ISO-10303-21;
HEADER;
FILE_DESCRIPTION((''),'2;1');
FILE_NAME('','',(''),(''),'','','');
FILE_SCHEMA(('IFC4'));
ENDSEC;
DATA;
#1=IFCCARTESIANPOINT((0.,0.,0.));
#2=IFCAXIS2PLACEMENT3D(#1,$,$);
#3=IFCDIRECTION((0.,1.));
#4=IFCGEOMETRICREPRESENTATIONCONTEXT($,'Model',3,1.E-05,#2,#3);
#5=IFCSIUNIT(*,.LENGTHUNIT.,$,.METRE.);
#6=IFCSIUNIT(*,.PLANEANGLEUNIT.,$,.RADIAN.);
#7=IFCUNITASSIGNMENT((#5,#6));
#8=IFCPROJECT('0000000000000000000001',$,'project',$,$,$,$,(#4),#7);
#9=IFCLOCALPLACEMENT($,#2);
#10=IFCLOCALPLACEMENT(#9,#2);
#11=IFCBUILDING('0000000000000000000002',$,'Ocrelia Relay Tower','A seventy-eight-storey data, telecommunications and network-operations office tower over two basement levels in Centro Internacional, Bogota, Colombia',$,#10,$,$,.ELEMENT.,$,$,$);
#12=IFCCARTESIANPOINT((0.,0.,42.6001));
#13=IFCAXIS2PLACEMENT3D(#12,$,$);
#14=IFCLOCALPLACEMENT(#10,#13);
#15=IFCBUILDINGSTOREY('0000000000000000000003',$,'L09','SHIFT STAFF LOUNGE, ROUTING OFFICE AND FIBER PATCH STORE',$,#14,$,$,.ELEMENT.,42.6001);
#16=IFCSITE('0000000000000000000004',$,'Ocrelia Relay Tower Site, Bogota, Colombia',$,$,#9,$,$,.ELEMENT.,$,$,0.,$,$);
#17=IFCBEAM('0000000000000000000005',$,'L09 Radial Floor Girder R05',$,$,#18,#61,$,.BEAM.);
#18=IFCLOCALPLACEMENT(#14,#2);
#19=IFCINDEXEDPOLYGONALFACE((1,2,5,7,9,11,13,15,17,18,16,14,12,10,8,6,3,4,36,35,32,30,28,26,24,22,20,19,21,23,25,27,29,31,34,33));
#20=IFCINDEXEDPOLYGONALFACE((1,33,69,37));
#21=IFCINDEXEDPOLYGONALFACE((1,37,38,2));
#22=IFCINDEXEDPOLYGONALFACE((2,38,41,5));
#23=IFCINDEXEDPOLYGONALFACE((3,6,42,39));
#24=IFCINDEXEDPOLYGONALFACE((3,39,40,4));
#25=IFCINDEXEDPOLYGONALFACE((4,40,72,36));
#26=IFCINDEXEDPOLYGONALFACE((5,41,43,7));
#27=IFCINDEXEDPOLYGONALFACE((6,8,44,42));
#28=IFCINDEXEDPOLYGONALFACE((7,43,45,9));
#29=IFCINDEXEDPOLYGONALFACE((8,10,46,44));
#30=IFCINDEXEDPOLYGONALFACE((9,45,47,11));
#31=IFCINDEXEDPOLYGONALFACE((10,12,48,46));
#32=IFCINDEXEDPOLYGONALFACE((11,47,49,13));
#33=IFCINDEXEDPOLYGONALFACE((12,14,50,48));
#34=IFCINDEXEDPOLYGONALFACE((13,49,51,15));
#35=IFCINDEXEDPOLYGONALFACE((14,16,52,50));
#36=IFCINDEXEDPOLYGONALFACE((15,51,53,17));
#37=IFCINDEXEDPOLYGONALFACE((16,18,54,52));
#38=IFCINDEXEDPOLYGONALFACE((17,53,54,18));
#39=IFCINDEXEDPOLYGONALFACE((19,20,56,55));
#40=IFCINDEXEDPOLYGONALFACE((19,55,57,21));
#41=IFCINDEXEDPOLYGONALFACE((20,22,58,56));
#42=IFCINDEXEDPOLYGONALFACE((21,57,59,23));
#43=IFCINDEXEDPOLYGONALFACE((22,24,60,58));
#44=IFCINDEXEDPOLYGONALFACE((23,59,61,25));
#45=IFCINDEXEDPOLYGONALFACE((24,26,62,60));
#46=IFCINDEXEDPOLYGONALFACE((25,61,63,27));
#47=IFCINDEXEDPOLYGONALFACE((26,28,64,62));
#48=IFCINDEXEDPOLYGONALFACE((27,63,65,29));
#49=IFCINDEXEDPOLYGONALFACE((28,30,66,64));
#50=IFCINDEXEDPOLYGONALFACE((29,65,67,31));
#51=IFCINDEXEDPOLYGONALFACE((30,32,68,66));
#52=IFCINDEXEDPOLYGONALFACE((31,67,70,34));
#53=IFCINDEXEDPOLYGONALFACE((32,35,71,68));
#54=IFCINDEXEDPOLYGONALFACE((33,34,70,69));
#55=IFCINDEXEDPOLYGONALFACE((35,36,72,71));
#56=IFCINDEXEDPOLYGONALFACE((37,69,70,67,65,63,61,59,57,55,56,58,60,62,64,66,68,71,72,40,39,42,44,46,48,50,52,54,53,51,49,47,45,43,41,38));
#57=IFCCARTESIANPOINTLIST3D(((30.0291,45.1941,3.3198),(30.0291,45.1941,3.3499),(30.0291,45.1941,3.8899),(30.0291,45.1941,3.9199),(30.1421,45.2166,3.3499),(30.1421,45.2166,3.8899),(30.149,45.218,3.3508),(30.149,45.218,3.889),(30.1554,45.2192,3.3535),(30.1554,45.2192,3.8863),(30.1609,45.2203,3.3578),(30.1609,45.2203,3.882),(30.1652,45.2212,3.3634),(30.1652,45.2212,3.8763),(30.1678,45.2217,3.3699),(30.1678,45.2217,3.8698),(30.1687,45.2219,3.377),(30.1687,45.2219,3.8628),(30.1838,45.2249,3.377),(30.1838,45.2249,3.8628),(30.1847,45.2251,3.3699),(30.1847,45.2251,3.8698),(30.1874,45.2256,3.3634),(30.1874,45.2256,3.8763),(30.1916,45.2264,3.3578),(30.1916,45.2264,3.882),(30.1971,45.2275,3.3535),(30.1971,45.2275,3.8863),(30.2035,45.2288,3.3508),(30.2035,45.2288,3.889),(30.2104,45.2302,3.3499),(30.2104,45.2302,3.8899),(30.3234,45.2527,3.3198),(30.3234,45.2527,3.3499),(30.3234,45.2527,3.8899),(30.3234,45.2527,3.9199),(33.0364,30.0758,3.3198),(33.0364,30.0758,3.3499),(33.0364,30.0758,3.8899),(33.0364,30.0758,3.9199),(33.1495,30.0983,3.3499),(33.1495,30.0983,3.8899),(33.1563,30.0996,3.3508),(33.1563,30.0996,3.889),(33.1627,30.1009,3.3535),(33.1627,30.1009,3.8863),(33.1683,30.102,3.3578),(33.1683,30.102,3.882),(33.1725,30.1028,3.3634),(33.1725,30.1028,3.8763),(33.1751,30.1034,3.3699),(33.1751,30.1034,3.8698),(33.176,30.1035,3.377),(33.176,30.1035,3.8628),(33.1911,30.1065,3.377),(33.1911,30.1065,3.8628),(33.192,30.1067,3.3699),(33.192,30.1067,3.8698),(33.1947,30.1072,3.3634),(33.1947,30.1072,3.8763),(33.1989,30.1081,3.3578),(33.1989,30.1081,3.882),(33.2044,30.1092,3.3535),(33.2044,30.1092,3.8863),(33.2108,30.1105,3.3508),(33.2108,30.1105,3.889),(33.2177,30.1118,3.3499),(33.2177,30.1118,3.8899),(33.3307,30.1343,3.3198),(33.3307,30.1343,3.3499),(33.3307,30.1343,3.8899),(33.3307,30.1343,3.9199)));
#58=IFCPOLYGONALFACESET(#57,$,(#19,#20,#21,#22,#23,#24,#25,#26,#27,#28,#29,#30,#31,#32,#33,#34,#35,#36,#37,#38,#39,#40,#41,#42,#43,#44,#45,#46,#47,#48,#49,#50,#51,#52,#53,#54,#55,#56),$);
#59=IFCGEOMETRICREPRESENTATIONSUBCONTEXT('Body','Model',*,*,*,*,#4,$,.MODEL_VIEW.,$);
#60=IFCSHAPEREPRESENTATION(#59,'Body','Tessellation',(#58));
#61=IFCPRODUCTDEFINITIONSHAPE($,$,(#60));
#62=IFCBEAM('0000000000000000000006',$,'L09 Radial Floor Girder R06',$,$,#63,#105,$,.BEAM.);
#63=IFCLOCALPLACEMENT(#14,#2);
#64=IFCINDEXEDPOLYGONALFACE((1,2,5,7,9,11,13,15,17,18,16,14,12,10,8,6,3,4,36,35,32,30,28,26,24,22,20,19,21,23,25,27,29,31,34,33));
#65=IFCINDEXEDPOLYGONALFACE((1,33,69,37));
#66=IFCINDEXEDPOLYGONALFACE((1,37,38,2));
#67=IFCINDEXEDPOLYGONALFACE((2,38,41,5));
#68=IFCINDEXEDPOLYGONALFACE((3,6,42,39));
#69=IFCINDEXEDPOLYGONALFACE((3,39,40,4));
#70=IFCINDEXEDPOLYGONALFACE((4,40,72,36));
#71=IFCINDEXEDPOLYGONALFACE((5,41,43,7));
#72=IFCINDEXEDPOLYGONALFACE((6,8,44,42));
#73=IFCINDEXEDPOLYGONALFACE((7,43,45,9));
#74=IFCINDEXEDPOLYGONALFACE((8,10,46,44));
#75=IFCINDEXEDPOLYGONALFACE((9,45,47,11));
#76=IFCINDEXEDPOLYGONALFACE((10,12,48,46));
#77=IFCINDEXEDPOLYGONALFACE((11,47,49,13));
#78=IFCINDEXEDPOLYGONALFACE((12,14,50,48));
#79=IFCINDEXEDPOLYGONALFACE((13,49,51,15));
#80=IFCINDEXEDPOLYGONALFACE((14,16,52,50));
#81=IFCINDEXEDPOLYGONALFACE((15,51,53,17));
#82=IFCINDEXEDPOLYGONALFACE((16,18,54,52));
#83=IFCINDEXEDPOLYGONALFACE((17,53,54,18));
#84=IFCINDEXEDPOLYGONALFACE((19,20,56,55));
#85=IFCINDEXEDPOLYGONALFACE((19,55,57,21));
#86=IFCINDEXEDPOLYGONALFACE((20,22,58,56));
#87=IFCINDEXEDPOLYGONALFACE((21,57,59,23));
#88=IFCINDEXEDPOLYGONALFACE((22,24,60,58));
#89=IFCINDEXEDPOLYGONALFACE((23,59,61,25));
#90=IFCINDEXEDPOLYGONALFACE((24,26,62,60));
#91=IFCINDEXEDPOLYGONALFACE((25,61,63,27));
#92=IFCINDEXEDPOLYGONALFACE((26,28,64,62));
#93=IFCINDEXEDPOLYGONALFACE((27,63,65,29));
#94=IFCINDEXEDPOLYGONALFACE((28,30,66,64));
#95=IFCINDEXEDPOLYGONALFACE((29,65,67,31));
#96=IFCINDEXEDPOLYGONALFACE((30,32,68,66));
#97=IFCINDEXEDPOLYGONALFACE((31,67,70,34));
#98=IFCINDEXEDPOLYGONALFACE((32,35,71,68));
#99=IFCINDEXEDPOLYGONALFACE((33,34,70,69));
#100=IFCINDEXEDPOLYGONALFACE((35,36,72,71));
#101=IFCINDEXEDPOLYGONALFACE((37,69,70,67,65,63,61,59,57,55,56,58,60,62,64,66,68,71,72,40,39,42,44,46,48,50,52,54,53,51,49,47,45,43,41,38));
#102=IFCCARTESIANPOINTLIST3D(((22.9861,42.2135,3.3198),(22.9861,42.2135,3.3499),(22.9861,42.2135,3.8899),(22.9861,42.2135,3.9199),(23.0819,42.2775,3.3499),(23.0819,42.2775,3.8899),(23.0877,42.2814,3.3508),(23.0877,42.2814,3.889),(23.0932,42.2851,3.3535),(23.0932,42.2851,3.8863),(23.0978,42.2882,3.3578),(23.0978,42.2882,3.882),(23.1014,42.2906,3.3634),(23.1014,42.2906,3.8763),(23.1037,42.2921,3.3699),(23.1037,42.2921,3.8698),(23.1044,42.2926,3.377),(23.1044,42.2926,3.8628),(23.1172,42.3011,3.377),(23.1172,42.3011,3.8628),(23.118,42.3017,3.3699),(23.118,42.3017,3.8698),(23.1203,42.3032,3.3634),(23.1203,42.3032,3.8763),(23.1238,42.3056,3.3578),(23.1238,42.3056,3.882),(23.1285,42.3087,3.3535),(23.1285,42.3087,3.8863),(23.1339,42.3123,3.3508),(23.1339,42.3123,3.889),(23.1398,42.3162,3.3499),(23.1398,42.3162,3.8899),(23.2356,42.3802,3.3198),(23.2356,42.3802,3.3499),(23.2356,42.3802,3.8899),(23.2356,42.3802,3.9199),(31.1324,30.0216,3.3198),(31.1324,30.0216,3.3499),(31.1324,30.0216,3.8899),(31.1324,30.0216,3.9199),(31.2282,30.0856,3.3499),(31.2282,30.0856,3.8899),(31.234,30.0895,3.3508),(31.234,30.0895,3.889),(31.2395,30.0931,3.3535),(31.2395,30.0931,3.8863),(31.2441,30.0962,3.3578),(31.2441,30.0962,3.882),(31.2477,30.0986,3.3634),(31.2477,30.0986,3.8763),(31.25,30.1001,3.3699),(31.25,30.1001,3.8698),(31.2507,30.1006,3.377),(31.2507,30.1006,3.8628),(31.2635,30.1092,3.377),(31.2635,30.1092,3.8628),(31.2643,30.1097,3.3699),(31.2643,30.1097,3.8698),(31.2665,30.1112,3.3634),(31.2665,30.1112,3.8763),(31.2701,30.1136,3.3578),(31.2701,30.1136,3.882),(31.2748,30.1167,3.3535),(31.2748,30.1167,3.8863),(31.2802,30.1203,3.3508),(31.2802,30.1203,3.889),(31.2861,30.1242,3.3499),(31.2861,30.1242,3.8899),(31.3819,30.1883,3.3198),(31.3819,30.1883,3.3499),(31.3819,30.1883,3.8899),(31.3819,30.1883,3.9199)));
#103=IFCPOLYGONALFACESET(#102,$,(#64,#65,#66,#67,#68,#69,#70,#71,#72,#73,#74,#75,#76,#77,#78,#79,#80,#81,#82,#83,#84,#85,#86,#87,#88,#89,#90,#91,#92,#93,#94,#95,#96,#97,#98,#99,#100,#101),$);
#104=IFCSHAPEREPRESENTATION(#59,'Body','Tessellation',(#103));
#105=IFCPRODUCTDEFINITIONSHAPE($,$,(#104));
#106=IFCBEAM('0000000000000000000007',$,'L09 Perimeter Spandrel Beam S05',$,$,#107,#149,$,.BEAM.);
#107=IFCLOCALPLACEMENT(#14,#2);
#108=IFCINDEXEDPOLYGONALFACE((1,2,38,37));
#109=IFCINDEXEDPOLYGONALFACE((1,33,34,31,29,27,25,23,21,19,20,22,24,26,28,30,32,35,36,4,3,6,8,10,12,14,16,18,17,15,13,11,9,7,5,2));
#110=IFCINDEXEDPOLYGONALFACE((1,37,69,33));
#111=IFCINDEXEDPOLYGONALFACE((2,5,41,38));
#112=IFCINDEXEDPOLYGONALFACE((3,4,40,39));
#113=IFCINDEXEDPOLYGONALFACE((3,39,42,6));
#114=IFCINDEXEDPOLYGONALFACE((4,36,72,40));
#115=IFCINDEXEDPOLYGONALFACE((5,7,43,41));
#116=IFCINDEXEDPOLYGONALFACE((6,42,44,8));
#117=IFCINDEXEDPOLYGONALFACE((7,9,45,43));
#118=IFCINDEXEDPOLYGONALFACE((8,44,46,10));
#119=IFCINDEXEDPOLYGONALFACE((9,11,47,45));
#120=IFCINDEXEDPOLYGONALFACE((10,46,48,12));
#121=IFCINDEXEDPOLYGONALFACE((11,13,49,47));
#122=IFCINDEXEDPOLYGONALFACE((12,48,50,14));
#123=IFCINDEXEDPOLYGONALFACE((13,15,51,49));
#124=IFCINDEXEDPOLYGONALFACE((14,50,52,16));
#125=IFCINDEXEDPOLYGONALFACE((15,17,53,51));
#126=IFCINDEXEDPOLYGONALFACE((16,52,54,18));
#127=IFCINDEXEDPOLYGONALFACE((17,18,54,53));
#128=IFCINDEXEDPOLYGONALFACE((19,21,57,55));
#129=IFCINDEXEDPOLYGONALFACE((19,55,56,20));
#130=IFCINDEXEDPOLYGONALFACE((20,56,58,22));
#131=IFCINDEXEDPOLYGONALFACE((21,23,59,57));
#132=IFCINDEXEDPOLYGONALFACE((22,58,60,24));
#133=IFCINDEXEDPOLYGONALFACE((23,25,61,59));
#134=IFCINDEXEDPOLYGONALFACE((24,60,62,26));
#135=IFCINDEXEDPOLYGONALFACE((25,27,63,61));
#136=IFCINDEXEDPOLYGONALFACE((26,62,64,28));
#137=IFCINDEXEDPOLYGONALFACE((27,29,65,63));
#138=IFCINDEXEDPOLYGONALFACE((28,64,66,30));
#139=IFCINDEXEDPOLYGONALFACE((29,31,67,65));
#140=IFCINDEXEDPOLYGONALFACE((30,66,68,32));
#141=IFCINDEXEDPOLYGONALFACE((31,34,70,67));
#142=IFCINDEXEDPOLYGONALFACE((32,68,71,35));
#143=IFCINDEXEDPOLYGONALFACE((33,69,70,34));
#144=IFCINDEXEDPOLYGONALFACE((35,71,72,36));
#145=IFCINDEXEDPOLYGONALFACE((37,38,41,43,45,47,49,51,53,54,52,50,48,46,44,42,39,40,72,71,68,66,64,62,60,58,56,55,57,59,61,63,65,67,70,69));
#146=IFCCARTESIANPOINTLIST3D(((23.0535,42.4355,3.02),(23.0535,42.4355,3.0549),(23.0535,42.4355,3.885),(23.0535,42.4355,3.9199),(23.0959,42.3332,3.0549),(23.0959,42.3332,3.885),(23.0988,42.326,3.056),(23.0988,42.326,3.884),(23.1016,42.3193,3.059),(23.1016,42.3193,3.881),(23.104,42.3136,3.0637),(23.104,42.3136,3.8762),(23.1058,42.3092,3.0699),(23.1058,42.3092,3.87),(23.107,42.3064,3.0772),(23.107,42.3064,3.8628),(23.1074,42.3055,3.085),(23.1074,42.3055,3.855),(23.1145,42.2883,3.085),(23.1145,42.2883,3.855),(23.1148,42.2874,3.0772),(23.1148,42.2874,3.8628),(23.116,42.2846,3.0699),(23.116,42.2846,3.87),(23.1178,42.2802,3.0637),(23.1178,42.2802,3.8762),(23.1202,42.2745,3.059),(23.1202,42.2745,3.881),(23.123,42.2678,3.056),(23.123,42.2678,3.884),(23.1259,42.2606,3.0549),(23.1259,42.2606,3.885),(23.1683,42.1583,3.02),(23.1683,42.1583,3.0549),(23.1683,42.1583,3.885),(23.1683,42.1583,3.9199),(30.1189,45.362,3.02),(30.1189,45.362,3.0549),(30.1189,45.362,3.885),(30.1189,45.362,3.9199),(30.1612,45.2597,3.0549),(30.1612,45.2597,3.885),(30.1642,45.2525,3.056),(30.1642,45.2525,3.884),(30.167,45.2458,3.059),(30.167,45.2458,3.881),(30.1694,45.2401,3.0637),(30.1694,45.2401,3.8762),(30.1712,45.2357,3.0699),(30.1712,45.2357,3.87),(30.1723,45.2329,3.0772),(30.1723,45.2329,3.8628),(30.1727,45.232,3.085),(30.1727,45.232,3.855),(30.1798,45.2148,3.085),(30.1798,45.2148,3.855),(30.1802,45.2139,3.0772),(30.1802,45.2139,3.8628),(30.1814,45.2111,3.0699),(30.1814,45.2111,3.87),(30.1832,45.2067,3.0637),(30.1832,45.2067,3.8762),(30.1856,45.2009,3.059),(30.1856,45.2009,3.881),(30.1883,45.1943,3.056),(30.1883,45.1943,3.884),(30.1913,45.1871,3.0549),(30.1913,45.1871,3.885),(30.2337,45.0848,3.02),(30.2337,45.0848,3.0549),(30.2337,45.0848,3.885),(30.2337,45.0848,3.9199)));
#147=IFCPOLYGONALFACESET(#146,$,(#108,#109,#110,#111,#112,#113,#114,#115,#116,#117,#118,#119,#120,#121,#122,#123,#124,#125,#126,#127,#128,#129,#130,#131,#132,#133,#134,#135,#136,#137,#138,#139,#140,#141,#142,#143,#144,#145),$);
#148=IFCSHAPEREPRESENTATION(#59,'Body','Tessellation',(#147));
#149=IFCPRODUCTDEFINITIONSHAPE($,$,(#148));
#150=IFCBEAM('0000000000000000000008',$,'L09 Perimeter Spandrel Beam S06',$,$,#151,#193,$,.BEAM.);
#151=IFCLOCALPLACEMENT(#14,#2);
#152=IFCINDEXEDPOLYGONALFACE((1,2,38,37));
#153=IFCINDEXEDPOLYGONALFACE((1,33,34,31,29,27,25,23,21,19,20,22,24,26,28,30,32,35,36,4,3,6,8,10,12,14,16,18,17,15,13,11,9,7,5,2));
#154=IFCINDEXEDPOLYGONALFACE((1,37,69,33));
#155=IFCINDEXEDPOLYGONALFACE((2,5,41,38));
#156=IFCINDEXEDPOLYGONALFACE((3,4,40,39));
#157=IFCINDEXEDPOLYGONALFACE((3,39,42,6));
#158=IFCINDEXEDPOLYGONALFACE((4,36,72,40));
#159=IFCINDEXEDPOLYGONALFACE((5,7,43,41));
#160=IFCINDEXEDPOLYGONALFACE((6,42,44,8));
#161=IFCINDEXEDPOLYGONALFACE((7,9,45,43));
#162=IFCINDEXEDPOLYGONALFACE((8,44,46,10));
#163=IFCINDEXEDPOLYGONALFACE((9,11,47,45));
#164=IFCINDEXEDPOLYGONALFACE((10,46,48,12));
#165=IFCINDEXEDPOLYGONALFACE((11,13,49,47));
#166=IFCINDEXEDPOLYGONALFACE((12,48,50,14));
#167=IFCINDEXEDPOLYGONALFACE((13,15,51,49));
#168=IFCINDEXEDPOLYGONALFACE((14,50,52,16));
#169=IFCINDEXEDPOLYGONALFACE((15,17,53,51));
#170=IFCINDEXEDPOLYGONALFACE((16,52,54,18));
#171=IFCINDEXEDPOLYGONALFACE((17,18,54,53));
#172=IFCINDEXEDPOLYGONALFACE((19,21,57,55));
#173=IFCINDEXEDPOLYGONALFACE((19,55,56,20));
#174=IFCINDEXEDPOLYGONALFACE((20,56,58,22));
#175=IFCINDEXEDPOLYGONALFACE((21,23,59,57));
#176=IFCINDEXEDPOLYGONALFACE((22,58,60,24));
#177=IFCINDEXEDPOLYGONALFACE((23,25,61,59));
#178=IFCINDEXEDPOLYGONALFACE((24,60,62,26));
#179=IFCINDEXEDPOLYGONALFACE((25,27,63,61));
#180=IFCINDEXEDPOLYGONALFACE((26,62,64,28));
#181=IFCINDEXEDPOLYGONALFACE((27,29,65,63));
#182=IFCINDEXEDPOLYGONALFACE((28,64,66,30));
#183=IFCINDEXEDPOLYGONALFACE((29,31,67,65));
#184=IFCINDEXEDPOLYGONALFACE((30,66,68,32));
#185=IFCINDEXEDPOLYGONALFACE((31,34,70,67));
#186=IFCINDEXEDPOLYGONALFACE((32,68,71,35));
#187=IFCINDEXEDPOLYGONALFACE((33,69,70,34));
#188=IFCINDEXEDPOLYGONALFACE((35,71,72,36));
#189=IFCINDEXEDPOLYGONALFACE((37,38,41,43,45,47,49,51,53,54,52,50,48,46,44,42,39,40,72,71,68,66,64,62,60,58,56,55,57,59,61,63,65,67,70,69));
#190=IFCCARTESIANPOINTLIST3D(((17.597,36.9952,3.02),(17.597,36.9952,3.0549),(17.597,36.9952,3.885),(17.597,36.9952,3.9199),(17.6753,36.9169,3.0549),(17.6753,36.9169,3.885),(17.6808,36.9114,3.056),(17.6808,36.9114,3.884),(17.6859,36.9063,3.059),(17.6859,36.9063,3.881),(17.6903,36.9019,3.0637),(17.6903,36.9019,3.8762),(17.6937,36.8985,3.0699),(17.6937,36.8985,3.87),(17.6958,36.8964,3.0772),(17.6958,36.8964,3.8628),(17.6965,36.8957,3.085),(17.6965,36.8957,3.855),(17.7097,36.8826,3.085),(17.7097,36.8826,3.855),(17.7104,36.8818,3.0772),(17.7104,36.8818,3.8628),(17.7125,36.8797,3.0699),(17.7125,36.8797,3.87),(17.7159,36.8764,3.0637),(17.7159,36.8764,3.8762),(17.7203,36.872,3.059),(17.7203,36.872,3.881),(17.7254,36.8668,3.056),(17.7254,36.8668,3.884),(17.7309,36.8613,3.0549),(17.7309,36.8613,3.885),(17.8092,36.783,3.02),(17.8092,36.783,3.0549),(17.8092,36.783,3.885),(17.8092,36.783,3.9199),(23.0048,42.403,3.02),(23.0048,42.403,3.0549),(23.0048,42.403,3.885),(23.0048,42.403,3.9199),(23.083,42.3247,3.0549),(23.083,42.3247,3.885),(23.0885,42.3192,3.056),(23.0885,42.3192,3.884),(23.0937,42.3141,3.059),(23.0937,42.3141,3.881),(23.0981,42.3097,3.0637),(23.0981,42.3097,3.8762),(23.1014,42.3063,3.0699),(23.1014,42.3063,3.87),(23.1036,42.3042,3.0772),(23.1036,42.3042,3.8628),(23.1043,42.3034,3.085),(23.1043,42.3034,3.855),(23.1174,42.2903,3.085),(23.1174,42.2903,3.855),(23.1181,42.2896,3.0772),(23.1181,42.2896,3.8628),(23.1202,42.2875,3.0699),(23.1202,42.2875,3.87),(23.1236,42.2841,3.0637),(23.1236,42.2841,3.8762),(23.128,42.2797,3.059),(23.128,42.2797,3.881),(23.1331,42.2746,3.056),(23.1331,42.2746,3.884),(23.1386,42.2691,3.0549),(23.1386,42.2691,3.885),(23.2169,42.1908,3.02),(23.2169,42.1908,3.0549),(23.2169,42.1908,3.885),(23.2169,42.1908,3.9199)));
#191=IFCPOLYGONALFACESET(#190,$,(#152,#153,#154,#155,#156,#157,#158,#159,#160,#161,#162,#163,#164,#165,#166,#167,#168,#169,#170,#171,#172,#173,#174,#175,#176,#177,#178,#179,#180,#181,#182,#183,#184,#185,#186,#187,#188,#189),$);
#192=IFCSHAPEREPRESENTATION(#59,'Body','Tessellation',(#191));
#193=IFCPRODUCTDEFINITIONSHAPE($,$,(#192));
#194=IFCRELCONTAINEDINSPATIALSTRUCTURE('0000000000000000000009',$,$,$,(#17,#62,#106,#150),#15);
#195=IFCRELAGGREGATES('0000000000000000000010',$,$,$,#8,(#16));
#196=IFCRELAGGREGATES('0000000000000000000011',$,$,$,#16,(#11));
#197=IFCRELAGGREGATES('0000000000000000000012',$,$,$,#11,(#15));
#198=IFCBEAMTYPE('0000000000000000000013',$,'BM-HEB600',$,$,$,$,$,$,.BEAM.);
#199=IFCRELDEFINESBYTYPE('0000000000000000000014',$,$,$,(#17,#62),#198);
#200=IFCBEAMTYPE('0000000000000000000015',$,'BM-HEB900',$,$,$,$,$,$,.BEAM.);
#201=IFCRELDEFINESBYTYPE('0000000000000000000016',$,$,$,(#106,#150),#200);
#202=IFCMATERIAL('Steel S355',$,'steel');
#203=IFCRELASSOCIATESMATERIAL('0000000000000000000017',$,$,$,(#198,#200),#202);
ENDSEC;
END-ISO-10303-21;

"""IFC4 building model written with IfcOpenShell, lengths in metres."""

from ifc_helpers import new_model, si_unit, direction, frame, origin, origin_2d, place, context, subcontext, project, spatial, i_section, extrude, material, material_profile, profile_set, type_object, element, save


model = new_model("IFC4")

# Units and contexts
model_context = context("Model", 3, precision=1e-05, world=origin(), true_north=direction((0.0, 1.0)))
body_context = subcontext(model_context, "Body", "Model", "MODEL_VIEW")
ifc_project = project(units=[si_unit("LENGTHUNIT", "METRE"), si_unit("PLANEANGLEUNIT", "RADIAN")], contexts=[model_context])

# Site, building, storey
site_placement = place(None, origin())
site = spatial("IfcSite", under=ifc_project, at=site_placement, Name="Ocrelia Relay Tower Site, Bogota, Colombia", CompositionType="ELEMENT", RefElevation=0.0)
building_placement = place(site_placement, origin())
building = spatial("IfcBuilding", under=site, at=building_placement, Name="Ocrelia Relay Tower", Description="A seventy-eight-storey data, telecommunications and network-operations office tower over two basement levels in Centro Internacional, Bogota, Colombia", CompositionType="ELEMENT")
storey_placement = place(building_placement, frame((0.0, 0.0, 42.6001)))
storey = spatial("IfcBuildingStorey", under=building, at=storey_placement, Name="L09", Description="SHIFT STAFF LOUNGE, ROUTING OFFICE AND FIBER PATCH STORE", CompositionType="ELEMENT", Elevation=42.6001)

# Beams
ifc_material_1 = material(Name="Steel S355", Category="steel")
ifc_material_profile_1 = material_profile(ifc_material_1, i_section(OverallWidth=0.3, OverallDepth=0.6001, WebThickness=0.0154, FlangeThickness=0.03, FilletRadius=0.0271, at=origin_2d()), Name="HEB 600")
ifc_profile_set_1 = profile_set([ifc_material_profile_1], Name="Steel S355")
beam_type_1 = type_object("IfcBeamType", Name="BM-HEB600", PredefinedType="BEAM", material=ifc_profile_set_1)
beam_1_placement = place(storey_placement, frame((30.1763, 45.2234, 3.6199), z_axis=(0.195096, -0.980784, 0.0), x_axis=(0.980784, 0.195096, 0.0)))
element("IfcBeam", 1, at=beam_1_placement, inside=storey, type_object=beam_type_1, Name="L09 Radial Floor Girder R05", PredefinedType="BEAM", context=body_context, shape_type="SweptSolid", body=[
    extrude(i_section(OverallWidth=0.3, OverallDepth=0.6001, WebThickness=0.0154, FlangeThickness=0.03, FilletRadius=0.0271, at=origin_2d()), origin(), (0.0, 0.0, 1.0), 15.4146),
])
beam_2_placement = place(storey_placement, frame((23.1108, 42.2969, 3.6199), z_axis=(0.555564, -0.831473, 0.0), x_axis=(0.831473, 0.555564, 0.0)))
element("IfcBeam", 2, at=beam_2_placement, inside=storey, type_object=beam_type_1, Name="L09 Radial Floor Girder R06", PredefinedType="BEAM", context=body_context, shape_type="SweptSolid", body=[
    extrude(i_section(OverallWidth=0.3, OverallDepth=0.6001, WebThickness=0.0154, FlangeThickness=0.03, FilletRadius=0.0271, at=origin_2d()), origin(), (0.0, 0.0, 1.0), 14.6631),
])
ifc_material_profile_2 = material_profile(ifc_material_1, i_section(OverallWidth=0.3, OverallDepth=0.8999, WebThickness=0.0186, FlangeThickness=0.0349, FilletRadius=0.03, at=origin_2d()), Name="HEB 900")
ifc_profile_set_2 = profile_set([ifc_material_profile_2], Name="Steel S355")
beam_type_2 = type_object("IfcBeamType", Name="BM-HEB900", PredefinedType="BEAM", material=ifc_profile_set_2)
beam_3_placement = place(storey_placement, frame((30.1763, 45.2234, 3.47), z_axis=(-0.923883, -0.382674, 0.0), x_axis=(0.382674, -0.923883, 0.0)))
element("IfcBeam", 3, at=beam_3_placement, inside=storey, type_object=beam_type_2, Name="L09 Perimeter Spandrel Beam S05", PredefinedType="BEAM", context=body_context, shape_type="SweptSolid", body=[
    extrude(i_section(OverallWidth=0.3, OverallDepth=0.8999, WebThickness=0.0186, FlangeThickness=0.0349, FilletRadius=0.03, at=origin_2d()), origin(), (0.0, 0.0, 1.0), 7.6475),
])
beam_4_placement = place(storey_placement, frame((23.1108, 42.2969, 3.47), z_axis=(-0.707107, -0.707107, 0.0), x_axis=(0.707107, -0.707107, 0.0)))
element("IfcBeam", 4, at=beam_4_placement, inside=storey, type_object=beam_type_2, Name="L09 Perimeter Spandrel Beam S06", PredefinedType="BEAM", context=body_context, shape_type="SweptSolid", body=[
    extrude(i_section(OverallWidth=0.3, OverallDepth=0.8999, WebThickness=0.0186, FlangeThickness=0.0349, FilletRadius=0.03, at=origin_2d()), origin(), (0.0, 0.0, 1.0), 7.6477),
])

save(model, "model.ifc")
